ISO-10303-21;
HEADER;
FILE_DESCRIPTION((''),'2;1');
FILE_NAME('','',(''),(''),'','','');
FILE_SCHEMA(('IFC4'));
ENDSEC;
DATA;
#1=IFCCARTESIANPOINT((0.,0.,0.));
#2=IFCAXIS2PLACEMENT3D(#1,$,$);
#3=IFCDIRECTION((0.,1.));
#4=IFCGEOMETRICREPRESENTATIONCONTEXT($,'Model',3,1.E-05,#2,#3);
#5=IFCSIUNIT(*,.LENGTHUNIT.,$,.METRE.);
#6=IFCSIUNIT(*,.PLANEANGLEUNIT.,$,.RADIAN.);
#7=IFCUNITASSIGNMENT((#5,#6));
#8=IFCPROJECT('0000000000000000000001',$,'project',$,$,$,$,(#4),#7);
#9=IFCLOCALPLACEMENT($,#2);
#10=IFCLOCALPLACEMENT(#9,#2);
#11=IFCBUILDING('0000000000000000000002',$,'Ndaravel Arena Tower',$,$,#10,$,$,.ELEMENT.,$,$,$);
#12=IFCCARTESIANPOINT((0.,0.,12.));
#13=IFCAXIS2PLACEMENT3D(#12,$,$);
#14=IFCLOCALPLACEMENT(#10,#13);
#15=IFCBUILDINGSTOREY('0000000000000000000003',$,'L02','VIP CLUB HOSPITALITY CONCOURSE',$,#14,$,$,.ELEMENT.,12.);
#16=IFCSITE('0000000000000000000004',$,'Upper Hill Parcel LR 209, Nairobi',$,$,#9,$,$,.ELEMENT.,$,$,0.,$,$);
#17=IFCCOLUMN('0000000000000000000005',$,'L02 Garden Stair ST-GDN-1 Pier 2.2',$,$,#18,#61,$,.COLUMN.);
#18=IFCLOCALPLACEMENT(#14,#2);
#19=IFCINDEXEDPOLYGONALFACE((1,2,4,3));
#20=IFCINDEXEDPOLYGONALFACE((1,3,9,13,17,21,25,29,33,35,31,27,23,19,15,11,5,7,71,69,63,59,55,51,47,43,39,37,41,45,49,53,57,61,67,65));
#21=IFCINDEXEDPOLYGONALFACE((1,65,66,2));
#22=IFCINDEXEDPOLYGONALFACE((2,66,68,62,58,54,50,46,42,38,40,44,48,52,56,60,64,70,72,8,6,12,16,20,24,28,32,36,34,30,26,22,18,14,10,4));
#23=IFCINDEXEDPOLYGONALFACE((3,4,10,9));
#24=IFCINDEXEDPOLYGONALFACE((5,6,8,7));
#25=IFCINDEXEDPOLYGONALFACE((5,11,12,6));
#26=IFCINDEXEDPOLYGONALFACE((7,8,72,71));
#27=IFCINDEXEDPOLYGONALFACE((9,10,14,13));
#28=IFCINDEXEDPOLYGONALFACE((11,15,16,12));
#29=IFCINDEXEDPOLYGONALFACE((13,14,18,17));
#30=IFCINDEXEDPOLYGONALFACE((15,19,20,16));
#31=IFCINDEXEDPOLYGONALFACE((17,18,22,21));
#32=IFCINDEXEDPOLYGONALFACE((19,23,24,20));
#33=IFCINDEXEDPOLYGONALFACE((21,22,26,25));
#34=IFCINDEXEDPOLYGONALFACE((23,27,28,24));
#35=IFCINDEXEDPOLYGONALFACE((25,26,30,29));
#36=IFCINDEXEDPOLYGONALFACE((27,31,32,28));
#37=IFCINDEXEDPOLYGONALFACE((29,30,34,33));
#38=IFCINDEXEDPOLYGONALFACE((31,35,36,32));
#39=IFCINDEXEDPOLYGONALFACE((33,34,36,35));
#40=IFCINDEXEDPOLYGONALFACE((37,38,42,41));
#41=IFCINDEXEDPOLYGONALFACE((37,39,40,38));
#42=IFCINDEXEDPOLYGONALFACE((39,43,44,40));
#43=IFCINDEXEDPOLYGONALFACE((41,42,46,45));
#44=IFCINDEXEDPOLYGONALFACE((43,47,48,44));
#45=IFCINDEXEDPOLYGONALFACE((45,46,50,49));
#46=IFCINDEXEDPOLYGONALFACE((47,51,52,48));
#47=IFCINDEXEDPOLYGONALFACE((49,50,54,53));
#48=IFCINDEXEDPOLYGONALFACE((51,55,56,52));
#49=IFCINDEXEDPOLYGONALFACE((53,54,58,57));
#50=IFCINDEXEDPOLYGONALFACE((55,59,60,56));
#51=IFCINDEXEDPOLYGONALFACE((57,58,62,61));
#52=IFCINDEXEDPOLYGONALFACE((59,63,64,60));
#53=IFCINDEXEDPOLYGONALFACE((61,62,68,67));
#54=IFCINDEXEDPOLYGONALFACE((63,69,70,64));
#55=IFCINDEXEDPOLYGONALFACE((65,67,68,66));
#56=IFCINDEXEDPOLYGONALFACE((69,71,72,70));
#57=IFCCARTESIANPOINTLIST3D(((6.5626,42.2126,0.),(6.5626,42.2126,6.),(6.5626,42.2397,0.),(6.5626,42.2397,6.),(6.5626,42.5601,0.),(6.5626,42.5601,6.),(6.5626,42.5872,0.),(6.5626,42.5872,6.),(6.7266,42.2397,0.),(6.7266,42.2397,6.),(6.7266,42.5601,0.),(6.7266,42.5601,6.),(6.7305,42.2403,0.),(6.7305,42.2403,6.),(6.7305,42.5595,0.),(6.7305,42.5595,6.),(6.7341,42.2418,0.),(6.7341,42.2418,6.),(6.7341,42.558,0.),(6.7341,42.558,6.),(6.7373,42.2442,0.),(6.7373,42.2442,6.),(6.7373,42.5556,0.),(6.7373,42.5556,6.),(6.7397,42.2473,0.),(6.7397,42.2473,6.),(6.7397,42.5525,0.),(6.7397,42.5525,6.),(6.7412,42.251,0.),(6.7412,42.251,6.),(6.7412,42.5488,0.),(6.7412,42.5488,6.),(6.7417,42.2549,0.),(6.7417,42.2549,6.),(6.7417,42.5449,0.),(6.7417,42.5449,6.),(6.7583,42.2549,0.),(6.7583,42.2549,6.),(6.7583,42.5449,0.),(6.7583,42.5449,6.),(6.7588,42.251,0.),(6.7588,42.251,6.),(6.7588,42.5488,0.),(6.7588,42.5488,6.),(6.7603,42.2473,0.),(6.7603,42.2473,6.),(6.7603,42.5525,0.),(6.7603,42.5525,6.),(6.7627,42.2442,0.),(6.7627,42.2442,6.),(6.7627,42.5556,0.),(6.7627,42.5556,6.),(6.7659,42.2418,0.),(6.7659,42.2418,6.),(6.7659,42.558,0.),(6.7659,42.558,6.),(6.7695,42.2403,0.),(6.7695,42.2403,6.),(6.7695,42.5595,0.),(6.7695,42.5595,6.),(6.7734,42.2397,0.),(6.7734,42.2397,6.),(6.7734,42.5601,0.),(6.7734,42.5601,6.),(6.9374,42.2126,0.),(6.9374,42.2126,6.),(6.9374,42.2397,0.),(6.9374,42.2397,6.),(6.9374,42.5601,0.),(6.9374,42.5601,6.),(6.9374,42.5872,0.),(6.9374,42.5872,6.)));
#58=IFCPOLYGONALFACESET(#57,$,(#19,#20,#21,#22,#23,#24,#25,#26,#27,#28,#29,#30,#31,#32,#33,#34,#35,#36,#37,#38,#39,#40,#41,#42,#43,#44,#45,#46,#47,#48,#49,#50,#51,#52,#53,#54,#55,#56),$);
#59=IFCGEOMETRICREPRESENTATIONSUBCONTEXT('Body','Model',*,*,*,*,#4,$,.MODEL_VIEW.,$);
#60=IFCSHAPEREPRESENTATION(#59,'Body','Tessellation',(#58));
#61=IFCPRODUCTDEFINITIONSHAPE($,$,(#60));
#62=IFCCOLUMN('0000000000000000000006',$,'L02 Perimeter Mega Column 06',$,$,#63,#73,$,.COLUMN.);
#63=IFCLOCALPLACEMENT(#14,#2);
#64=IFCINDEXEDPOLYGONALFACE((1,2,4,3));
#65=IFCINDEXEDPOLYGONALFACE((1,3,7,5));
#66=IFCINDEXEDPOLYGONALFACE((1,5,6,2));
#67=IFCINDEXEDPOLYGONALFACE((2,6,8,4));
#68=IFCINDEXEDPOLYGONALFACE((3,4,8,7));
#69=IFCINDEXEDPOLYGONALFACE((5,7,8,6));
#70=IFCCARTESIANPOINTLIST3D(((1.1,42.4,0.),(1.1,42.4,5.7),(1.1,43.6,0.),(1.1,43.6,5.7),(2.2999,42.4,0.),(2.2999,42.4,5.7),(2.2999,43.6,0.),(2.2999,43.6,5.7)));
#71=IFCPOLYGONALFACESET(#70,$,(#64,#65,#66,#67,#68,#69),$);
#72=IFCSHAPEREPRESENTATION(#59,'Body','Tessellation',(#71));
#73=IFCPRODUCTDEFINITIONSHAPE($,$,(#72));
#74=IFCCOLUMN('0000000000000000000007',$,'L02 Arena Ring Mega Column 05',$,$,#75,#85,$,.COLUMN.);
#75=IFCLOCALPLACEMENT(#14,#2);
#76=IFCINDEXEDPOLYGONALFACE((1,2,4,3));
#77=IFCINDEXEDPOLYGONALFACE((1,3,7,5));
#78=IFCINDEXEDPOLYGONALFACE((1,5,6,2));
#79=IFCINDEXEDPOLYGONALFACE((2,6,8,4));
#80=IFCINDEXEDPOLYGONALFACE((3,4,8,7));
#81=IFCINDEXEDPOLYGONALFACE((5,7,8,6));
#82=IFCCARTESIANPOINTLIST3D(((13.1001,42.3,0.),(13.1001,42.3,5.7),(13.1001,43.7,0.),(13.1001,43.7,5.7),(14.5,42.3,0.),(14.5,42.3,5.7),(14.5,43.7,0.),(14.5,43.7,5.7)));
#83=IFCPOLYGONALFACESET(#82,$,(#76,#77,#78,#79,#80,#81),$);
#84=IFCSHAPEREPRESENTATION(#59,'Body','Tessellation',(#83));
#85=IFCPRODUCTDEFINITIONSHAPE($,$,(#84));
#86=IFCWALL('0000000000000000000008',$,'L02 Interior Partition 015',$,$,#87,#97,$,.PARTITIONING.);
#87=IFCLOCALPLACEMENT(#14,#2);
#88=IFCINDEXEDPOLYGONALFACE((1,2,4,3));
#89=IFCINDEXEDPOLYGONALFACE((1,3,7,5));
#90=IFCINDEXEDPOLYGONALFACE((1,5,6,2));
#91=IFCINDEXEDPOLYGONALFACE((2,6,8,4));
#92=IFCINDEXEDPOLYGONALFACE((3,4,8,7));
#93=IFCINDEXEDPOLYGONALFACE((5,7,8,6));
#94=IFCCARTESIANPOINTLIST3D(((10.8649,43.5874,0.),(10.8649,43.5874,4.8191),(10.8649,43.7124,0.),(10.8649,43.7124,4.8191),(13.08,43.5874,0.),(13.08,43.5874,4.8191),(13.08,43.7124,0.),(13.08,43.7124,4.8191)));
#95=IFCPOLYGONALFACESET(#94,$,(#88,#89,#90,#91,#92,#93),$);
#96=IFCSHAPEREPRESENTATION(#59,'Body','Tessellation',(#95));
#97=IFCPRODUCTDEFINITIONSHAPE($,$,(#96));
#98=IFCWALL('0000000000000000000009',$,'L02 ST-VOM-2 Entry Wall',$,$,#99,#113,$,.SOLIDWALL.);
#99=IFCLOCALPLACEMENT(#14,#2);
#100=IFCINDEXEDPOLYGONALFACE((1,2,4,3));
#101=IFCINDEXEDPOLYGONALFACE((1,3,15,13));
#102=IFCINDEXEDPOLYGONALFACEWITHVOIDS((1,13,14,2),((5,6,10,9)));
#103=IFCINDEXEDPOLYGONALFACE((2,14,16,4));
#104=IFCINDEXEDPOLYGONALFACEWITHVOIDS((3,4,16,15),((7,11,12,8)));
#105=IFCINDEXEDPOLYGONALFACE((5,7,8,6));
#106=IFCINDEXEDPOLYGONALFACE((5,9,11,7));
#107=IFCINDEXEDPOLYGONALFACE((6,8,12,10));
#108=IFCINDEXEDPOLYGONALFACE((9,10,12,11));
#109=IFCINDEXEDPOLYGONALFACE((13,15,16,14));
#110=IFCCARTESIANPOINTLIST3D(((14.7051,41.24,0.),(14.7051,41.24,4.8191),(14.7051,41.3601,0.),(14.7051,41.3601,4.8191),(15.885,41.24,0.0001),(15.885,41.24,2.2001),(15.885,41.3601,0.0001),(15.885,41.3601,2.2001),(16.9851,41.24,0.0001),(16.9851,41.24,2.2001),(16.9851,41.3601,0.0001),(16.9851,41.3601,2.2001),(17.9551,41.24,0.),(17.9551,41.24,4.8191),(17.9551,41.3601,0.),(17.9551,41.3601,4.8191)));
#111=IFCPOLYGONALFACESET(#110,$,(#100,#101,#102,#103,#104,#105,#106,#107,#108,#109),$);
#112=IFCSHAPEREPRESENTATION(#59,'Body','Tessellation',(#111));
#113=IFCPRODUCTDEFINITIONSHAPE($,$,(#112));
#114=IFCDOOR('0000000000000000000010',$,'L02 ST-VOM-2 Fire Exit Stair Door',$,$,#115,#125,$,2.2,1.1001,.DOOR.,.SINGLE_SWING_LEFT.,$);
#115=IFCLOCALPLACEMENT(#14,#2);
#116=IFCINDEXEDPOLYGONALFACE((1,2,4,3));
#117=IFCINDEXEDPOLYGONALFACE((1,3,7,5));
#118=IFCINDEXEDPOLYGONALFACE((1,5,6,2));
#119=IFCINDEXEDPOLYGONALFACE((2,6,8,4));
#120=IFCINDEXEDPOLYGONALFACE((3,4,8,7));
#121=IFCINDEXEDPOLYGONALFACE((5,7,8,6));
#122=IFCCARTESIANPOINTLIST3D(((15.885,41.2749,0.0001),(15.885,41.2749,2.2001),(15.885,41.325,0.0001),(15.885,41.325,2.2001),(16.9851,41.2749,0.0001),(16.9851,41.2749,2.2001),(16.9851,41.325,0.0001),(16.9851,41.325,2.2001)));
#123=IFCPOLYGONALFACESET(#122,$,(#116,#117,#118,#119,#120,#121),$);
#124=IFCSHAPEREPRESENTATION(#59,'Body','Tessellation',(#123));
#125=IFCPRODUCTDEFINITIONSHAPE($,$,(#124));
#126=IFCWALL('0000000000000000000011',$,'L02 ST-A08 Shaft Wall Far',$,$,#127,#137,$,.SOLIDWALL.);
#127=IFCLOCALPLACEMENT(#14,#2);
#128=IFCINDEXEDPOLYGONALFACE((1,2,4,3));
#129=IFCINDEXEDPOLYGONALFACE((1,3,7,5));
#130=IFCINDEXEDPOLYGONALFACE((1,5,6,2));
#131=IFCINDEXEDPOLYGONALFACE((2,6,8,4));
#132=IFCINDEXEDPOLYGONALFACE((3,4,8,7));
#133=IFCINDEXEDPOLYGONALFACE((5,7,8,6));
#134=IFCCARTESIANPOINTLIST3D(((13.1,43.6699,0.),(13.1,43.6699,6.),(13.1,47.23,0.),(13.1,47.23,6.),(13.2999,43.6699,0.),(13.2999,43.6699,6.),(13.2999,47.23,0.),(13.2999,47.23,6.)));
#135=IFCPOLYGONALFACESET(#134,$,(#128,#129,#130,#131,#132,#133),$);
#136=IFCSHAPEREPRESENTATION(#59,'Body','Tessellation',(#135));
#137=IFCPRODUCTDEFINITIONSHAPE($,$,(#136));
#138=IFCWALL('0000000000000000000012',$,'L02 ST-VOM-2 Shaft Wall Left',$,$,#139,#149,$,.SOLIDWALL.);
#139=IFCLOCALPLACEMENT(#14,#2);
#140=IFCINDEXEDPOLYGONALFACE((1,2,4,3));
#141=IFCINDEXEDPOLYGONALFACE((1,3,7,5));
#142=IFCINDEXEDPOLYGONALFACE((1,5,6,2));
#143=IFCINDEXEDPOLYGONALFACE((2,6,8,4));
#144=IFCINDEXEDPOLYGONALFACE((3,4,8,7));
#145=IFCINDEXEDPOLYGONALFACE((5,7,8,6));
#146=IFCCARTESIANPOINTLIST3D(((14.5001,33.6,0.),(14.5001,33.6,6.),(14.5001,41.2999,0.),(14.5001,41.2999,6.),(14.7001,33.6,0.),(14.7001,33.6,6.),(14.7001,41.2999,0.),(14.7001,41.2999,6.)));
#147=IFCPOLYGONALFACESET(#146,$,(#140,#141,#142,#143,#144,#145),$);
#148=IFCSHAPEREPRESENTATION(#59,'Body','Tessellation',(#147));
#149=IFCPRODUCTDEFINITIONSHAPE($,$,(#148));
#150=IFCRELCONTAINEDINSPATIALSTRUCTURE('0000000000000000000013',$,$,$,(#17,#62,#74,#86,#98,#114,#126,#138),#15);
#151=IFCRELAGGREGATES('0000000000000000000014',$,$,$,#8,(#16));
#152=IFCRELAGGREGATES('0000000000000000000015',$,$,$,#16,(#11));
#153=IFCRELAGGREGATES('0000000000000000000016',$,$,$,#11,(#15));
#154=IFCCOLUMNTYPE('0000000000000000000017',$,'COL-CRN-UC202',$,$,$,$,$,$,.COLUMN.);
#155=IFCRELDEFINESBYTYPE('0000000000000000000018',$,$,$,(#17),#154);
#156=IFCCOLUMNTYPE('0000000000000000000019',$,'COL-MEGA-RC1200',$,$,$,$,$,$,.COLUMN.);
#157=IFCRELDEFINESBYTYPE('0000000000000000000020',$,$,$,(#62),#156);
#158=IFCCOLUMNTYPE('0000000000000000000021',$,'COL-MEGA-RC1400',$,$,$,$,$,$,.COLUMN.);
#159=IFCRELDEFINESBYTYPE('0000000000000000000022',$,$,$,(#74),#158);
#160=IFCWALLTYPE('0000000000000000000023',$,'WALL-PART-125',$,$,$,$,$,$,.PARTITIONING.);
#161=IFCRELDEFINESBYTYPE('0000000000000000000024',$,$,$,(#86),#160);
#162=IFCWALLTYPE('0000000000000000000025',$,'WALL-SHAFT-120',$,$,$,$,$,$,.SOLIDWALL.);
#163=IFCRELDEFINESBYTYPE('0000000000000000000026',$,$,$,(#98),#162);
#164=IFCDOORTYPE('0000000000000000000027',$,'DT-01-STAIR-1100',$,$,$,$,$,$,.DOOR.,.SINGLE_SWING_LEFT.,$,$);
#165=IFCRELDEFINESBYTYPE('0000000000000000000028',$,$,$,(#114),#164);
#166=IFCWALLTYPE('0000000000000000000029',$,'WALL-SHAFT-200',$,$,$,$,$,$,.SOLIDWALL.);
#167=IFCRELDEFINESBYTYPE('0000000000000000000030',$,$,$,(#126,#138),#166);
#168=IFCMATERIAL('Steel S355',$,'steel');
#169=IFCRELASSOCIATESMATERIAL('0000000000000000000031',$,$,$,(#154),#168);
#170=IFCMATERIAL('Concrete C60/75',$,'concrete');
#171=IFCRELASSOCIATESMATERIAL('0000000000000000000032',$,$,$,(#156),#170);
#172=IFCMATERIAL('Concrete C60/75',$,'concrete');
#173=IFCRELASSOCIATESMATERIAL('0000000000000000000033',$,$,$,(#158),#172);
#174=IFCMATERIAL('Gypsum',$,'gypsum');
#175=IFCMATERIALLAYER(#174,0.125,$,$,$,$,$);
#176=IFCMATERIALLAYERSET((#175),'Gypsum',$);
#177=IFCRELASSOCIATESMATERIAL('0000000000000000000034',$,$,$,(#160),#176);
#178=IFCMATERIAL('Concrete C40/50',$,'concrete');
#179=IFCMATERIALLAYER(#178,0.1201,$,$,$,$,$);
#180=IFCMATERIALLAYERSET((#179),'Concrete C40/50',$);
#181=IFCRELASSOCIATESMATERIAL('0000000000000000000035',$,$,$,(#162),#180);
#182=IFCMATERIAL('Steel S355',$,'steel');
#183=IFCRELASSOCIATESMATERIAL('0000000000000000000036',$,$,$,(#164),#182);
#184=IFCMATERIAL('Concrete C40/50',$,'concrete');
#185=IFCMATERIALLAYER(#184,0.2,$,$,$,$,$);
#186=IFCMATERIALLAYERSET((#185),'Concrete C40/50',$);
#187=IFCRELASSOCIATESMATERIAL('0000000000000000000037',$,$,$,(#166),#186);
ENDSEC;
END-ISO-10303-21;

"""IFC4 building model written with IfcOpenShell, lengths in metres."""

from ifc_helpers import new_model, si_unit, direction, frame, frame_2d, origin, origin_2d, place, context, subcontext, project, spatial, rectangle, i_section, extrude, material, layer, layer_set, material_profile, profile_set, type_object, element, fill, save


model = new_model("IFC4")

# Units and contexts
model_context = context("Model", 3, precision=1e-05, world=origin(), true_north=direction((0.0, 1.0)))
body_context = subcontext(model_context, "Body", "Model", "MODEL_VIEW")
ifc_project = project(units=[si_unit("LENGTHUNIT", "METRE"), si_unit("PLANEANGLEUNIT", "RADIAN")], contexts=[model_context])

# Site, building, storey
site_placement = place(None, origin())
site = spatial("IfcSite", under=ifc_project, at=site_placement, Name="Upper Hill Parcel LR 209, Nairobi", CompositionType="ELEMENT", RefElevation=0.0)
building_placement = place(site_placement, origin())
building = spatial("IfcBuilding", under=site, at=building_placement, Name="Ndaravel Arena Tower", CompositionType="ELEMENT")
storey_placement = place(building_placement, frame((0.0, 0.0, 12.0)))
storey = spatial("IfcBuildingStorey", under=building, at=storey_placement, Name="L02", Description="VIP CLUB HOSPITALITY CONCOURSE", CompositionType="ELEMENT", Elevation=12.0)

# Columns
ifc_material_1 = material(Name="Steel S355", Category="steel")
ifc_material_profile_1 = material_profile(ifc_material_1, i_section(OverallWidth=0.3748, OverallDepth=0.3745, WebThickness=0.0166, FlangeThickness=0.0271, FilletRadius=0.0151, at=origin_2d()), Name="UC 356x368x202")
ifc_profile_set_1 = profile_set([ifc_material_profile_1], Name="Steel S355")
column_type_1 = type_object("IfcColumnType", Name="COL-CRN-UC202", PredefinedType="COLUMN", material=ifc_profile_set_1)
column_1_placement = place(storey_placement, frame((6.75, 42.3999, 0.0), z_axis=(0.0, 0.0, 1.0), x_axis=(1.0, 0.0, 0.0)))
element("IfcColumn", 1, at=column_1_placement, inside=storey, type_object=column_type_1, Name="L02 Garden Stair ST-GDN-1 Pier 2.2", PredefinedType="COLUMN", context=body_context, shape_type="SweptSolid", body=[
    extrude(i_section(OverallWidth=0.3748, OverallDepth=0.3745, WebThickness=0.0166, FlangeThickness=0.0271, FilletRadius=0.0151, at=origin_2d()), origin(), (0.0, 0.0, 1.0), 6.0),
])
ifc_material_2 = material(Name="Concrete C60/75", Category="concrete")
ifc_material_profile_2 = material_profile(ifc_material_2, rectangle(XDim=1.2, YDim=1.2, at=origin_2d()), Name="RC 1200x1200")
ifc_profile_set_2 = profile_set([ifc_material_profile_2], Name="Concrete C60/75")
column_type_2 = type_object("IfcColumnType", Name="COL-MEGA-RC1200", PredefinedType="COLUMN", material=ifc_profile_set_2)
column_2_placement = place(storey_placement, frame((1.7, 43.0, 0.0), z_axis=(0.0, 0.0, 1.0), x_axis=(1.0, 0.0, 0.0)))
element("IfcColumn", 2, at=column_2_placement, inside=storey, type_object=column_type_2, Name="L02 Perimeter Mega Column 06", PredefinedType="COLUMN", context=body_context, shape_type="SweptSolid", body=[
    extrude(rectangle(XDim=1.2, YDim=1.2, at=origin_2d()), origin(), (0.0, 0.0, 1.0), 5.7),
])
ifc_material_3 = material(Name="Concrete C60/75", Category="concrete")
ifc_material_profile_3 = material_profile(ifc_material_3, rectangle(XDim=1.3999, YDim=1.3999, at=origin_2d()), Name="RC 1400x1400")
ifc_profile_set_3 = profile_set([ifc_material_profile_3], Name="Concrete C60/75")
column_type_3 = type_object("IfcColumnType", Name="COL-MEGA-RC1400", PredefinedType="COLUMN", material=ifc_profile_set_3)
column_3_placement = place(storey_placement, frame((13.8, 43.0, 0.0), z_axis=(0.0, 0.0, 1.0), x_axis=(1.0, 0.0, 0.0)))
element("IfcColumn", 3, at=column_3_placement, inside=storey, type_object=column_type_3, Name="L02 Arena Ring Mega Column 05", PredefinedType="COLUMN", context=body_context, shape_type="SweptSolid", body=[
    extrude(rectangle(XDim=1.3999, YDim=1.3999, at=origin_2d()), origin(), (0.0, 0.0, 1.0), 5.7),
])

# Wall
ifc_material_4 = material(Name="Gypsum", Category="gypsum")
ifc_layer_1 = layer(ifc_material_4, 0.125)
ifc_layer_set_1 = layer_set([ifc_layer_1], Name="Gypsum")
wall_type_1 = type_object("IfcWallType", Name="WALL-PART-125", PredefinedType="PARTITIONING", material=ifc_layer_set_1)
wall_1_placement = place(storey_placement, frame((10.865, 43.6499, 0.0), z_axis=(0.0, 0.0, 1.0), x_axis=(1.0, 0.0, 0.0)))
element("IfcWall", 4, at=wall_1_placement, inside=storey, type_object=wall_type_1, Name="L02 Interior Partition 015", PredefinedType="PARTITIONING", context=body_context, shape_type="SweptSolid", body=[
    extrude(rectangle(XDim=2.2151, YDim=0.125, at=frame_2d((1.1074, 0.0))), origin(), (0.0, 0.0, 1.0), 4.8191),
])

# Wall, opening, door
ifc_material_5 = material(Name="Concrete C40/50", Category="concrete")
ifc_layer_2 = layer(ifc_material_5, 0.1201)
ifc_layer_set_2 = layer_set([ifc_layer_2], Name="Concrete C40/50")
wall_type_2 = type_object("IfcWallType", Name="WALL-SHAFT-120", PredefinedType="SOLIDWALL", material=ifc_layer_set_2)
wall_2_placement = place(storey_placement, frame((14.7051, 41.3, 0.0), z_axis=(0.0, 0.0, 1.0), x_axis=(1.0, 0.0, 0.0)))
wall_2 = element("IfcWall", 5, at=wall_2_placement, inside=storey, type_object=wall_type_2, Name="L02 ST-VOM-2 Entry Wall", PredefinedType="SOLIDWALL", context=body_context, shape_type="SweptSolid", body=[
    extrude(rectangle(XDim=3.25, YDim=0.1201, at=frame_2d((1.625, 0.0))), origin(), (0.0, 0.0, 1.0), 4.8191),
])
opening_1_placement = place(wall_2_placement, frame((1.1799, 0.0, 0.0)))
opening_1 = element("IfcOpeningElement", 6, at=opening_1_placement, cuts=wall_2, PredefinedType="OPENING", context=body_context, shape_type="SweptSolid", body=[
    extrude(rectangle(XDim=1.1001, YDim=2.2, at=frame_2d((0.55, 1.1001))), frame((0.0, 0.0601, 0.0), z_axis=(0.0, -1.0, 0.0), x_axis=(1.0, 0.0, 0.0)), (0.0, 0.0, 1.0), 0.1201),
])
ifc_material_6 = material(Name="Steel S355", Category="steel")
door_type = type_object("IfcDoorType", Name="DT-01-STAIR-1100", OperationType="SINGLE_SWING_LEFT", PredefinedType="DOOR", material=ifc_material_6)
door_placement = place(opening_1_placement, origin())
door = element("IfcDoor", 7, at=door_placement, inside=storey, type_object=door_type, Name="L02 ST-VOM-2 Fire Exit Stair Door", OperationType="SINGLE_SWING_LEFT", OverallHeight=2.2, OverallWidth=1.1001, PredefinedType="DOOR", context=body_context, shape_type="SweptSolid", body=[
    extrude(rectangle(XDim=1.1001, YDim=2.2, at=frame_2d((0.55, 1.1001))), frame((0.0, 0.0249, 0.0), z_axis=(0.0, -1.0, 0.0), x_axis=(1.0, 0.0, 0.0)), (0.0, 0.0, 1.0), 0.05),
])
fill(opening_1, door)

# Walls
ifc_material_7 = material(Name="Concrete C40/50", Category="concrete")
ifc_layer_3 = layer(ifc_material_7, 0.2)
ifc_layer_set_3 = layer_set([ifc_layer_3], Name="Concrete C40/50")
wall_type_3 = type_object("IfcWallType", Name="WALL-SHAFT-200", PredefinedType="SOLIDWALL", material=ifc_layer_set_3)
wall_3_placement = place(storey_placement, frame((13.2, 47.23, 0.0), z_axis=(0.0, 0.0, 1.0), x_axis=(0.0, -1.0, 0.0)))
element("IfcWall", 8, at=wall_3_placement, inside=storey, type_object=wall_type_3, Name="L02 ST-A08 Shaft Wall Far", PredefinedType="SOLIDWALL", context=body_context, shape_type="SweptSolid", body=[
    extrude(rectangle(XDim=3.5601, YDim=0.2, at=frame_2d((1.78, 0.0))), origin(), (0.0, 0.0, 1.0), 6.0),
])
wall_4_placement = place(storey_placement, frame((14.6001, 41.3, 0.0), z_axis=(0.0, 0.0, 1.0), x_axis=(0.0, -1.0, 0.0)))
element("IfcWall", 9, at=wall_4_placement, inside=storey, type_object=wall_type_3, Name="L02 ST-VOM-2 Shaft Wall Left", PredefinedType="SOLIDWALL", context=body_context, shape_type="SweptSolid", body=[
    extrude(rectangle(XDim=7.7, YDim=0.2, at=frame_2d((3.8501, 0.0))), origin(), (0.0, 0.0, 1.0), 6.0),
])

save(model, "model.ifc")
